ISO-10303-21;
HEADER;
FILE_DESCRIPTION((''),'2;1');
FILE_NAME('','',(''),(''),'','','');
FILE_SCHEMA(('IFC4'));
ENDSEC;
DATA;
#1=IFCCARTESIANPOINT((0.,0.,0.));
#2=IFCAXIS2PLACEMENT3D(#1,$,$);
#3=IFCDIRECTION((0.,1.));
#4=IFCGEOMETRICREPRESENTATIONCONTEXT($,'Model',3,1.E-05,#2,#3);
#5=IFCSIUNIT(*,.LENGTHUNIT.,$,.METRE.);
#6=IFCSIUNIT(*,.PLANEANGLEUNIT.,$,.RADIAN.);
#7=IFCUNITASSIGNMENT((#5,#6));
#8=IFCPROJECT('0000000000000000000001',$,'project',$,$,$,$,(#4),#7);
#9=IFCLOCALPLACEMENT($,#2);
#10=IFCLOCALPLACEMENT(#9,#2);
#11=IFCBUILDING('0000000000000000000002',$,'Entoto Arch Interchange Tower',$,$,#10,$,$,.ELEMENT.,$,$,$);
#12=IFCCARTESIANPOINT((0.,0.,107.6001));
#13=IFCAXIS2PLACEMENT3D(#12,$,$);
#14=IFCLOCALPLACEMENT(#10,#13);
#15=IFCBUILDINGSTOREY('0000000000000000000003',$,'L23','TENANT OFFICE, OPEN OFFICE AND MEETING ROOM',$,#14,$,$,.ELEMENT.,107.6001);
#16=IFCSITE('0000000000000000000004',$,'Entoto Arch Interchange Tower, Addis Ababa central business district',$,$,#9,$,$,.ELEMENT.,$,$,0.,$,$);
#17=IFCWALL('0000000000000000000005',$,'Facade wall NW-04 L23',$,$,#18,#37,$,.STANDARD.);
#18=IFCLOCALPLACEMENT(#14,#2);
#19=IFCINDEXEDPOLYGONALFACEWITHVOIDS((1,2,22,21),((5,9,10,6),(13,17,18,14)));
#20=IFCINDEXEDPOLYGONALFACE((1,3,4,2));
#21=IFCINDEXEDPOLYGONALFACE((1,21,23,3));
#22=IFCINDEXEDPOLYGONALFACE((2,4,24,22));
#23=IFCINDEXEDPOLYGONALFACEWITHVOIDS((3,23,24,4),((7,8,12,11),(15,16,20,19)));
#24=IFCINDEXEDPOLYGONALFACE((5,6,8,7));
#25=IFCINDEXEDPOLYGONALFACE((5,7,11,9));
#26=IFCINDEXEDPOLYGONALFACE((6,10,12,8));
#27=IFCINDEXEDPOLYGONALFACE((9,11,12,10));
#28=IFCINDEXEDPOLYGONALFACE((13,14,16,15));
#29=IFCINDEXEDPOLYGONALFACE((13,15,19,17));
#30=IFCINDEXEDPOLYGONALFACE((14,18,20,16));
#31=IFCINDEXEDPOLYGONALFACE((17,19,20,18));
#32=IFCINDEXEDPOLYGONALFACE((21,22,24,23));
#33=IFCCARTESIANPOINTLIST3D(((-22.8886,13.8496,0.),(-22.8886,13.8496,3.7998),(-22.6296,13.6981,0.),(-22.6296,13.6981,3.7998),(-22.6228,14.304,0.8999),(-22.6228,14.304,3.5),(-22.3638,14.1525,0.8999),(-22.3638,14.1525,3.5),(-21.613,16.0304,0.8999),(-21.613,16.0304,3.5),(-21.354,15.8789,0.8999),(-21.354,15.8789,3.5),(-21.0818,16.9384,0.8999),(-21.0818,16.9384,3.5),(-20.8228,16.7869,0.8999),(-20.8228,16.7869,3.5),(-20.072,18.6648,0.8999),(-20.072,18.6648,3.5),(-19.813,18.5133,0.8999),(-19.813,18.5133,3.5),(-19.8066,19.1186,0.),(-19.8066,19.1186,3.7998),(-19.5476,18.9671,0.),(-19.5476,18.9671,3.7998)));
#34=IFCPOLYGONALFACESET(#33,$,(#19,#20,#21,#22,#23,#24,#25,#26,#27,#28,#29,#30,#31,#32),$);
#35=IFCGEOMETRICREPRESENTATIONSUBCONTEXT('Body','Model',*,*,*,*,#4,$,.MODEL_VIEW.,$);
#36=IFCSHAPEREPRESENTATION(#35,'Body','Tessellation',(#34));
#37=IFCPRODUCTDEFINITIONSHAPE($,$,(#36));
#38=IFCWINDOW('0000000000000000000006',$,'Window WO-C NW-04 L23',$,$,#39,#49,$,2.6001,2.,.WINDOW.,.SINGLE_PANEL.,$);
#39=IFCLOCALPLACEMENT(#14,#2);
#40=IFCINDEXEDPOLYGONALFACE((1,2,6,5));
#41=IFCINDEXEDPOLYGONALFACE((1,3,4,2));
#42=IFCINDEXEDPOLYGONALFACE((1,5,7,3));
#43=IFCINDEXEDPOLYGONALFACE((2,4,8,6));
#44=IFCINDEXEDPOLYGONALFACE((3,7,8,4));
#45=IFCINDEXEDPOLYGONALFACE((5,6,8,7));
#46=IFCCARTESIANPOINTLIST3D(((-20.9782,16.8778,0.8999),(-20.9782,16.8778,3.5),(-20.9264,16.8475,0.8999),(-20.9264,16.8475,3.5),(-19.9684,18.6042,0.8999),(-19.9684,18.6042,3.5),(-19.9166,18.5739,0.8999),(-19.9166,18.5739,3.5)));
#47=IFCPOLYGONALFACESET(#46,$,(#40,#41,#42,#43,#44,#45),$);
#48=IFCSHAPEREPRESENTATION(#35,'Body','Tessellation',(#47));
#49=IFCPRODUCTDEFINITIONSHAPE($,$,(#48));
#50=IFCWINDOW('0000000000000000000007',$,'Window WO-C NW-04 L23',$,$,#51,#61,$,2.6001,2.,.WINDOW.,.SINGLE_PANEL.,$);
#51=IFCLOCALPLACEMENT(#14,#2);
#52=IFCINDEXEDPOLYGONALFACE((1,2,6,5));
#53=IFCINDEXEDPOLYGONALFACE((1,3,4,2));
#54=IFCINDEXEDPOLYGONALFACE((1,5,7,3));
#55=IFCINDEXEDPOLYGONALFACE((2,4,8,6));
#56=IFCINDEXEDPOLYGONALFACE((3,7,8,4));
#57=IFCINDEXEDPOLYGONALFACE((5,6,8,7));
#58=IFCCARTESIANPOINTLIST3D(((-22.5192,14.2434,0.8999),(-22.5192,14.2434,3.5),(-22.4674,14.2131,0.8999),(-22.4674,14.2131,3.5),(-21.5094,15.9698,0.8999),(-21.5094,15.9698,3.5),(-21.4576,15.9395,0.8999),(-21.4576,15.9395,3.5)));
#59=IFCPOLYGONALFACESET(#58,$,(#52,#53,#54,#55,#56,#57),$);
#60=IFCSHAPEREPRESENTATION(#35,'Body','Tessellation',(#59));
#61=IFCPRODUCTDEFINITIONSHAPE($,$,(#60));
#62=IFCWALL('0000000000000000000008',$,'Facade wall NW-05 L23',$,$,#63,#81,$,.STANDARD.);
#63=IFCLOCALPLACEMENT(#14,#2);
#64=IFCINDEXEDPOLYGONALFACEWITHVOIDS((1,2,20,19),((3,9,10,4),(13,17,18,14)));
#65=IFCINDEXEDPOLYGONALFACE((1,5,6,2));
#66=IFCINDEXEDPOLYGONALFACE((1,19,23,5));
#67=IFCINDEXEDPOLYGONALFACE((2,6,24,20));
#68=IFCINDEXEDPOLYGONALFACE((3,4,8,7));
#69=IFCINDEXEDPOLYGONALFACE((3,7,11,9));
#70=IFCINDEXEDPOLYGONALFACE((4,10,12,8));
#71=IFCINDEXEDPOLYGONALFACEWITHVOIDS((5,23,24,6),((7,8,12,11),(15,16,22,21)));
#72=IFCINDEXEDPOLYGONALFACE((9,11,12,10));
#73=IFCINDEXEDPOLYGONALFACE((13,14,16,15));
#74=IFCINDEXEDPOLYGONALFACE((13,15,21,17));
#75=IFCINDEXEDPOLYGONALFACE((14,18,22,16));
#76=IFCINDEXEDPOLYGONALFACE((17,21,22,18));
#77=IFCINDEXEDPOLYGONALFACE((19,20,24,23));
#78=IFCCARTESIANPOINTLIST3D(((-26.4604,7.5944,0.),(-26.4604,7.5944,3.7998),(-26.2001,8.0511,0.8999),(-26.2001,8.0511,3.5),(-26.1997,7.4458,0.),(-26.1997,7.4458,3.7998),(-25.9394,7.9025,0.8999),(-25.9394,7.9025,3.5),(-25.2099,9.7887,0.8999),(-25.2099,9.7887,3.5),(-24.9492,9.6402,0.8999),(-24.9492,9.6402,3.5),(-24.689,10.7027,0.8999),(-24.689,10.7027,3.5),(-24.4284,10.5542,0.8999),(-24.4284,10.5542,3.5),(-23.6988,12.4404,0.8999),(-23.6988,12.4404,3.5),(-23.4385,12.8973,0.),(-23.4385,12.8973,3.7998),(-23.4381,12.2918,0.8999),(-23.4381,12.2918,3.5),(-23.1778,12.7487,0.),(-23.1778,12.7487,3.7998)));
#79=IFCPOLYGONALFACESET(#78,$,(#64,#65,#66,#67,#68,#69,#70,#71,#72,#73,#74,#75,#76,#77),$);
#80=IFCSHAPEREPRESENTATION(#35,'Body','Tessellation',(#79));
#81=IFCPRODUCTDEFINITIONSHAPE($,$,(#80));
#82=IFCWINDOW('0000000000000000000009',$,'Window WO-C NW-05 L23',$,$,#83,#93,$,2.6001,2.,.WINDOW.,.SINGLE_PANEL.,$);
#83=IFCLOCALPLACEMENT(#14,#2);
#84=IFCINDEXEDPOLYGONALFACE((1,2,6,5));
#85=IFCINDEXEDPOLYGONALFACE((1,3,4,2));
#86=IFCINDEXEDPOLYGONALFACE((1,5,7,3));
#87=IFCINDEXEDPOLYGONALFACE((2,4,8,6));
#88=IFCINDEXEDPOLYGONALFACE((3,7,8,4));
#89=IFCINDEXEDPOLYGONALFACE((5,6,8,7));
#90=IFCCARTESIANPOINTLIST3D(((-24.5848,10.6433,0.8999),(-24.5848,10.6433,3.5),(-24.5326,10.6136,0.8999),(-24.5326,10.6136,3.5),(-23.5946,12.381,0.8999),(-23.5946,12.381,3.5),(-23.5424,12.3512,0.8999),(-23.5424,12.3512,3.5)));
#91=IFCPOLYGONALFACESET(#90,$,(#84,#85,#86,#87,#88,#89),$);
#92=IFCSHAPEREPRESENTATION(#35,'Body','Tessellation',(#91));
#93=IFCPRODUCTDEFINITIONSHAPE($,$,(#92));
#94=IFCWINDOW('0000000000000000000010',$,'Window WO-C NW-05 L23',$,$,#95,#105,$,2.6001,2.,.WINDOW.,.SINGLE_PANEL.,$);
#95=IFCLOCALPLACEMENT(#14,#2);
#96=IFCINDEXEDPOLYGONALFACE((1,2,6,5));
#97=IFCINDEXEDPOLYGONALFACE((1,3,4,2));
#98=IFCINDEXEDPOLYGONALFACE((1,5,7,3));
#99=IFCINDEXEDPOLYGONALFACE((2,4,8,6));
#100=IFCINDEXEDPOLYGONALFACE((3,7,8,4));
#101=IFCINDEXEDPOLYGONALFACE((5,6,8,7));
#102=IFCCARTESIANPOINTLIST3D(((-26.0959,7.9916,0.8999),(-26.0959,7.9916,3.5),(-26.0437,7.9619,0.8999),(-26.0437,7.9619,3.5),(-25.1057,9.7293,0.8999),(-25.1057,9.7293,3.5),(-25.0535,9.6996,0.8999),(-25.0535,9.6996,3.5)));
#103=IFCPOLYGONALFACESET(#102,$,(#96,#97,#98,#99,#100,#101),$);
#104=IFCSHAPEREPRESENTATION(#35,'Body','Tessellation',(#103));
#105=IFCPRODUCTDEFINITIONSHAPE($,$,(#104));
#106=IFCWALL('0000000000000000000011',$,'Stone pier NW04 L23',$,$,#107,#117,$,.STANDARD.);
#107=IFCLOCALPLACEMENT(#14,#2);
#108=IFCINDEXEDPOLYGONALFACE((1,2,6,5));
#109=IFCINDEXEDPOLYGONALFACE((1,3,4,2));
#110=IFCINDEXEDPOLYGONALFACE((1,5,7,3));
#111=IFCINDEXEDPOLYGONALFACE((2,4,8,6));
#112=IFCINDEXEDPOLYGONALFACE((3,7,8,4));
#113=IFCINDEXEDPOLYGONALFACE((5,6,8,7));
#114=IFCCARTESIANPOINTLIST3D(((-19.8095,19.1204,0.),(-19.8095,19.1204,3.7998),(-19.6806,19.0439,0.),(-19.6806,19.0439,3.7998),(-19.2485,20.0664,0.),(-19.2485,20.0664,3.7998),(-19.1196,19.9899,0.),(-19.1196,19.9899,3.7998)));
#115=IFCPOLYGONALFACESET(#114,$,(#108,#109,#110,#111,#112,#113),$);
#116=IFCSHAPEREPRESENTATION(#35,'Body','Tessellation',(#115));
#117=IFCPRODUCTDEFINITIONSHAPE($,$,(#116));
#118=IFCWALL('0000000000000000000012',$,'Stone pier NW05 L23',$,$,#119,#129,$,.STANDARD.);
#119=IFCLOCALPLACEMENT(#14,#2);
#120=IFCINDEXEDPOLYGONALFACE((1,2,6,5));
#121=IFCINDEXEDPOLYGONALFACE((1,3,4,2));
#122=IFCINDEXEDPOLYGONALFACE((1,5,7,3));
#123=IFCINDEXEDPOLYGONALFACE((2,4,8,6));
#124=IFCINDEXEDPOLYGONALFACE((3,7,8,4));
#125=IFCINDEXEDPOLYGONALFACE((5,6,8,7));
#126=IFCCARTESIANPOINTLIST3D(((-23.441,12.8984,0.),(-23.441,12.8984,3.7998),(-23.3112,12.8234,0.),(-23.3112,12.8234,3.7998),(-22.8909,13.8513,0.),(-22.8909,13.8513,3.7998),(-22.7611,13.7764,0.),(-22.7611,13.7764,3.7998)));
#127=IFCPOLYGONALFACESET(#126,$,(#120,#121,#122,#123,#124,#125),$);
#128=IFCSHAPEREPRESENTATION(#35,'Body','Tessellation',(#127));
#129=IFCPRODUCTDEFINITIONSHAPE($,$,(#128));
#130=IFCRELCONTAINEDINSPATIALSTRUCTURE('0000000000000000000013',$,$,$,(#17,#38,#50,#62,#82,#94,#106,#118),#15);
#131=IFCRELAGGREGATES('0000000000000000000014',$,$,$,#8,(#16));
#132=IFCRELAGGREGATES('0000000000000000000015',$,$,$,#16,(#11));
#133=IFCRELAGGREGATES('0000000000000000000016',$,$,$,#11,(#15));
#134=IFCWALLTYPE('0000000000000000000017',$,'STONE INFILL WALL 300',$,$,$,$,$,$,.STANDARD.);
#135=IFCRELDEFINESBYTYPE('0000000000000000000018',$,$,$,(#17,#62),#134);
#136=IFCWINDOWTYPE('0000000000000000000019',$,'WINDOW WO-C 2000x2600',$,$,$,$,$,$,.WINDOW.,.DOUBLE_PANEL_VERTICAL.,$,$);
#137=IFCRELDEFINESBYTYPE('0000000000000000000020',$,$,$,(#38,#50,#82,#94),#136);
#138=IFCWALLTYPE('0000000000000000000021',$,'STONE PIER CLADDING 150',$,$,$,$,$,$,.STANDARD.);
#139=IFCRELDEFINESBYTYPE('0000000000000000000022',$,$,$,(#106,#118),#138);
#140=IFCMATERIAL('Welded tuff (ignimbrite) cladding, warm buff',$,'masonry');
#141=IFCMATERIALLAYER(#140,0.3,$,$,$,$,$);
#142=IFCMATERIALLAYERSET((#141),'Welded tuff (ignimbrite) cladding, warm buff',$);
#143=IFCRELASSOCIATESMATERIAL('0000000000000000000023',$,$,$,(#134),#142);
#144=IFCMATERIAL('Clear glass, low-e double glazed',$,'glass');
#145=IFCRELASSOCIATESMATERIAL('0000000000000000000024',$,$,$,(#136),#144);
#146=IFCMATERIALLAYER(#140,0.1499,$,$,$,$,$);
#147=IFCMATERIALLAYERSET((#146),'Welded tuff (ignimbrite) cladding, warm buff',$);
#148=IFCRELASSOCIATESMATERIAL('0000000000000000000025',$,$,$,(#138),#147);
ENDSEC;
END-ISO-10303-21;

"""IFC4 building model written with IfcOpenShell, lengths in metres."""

from ifc_helpers import new_model, si_unit, direction, frame, frame_2d, origin, place, context, subcontext, project, spatial, rectangle, extrude, material, layer, layer_set, type_object, element, fill, save


model = new_model("IFC4")

# Units and contexts
model_context = context("Model", 3, precision=1e-05, world=origin(), true_north=direction((0.0, 1.0)))
body_context = subcontext(model_context, "Body", "Model", "MODEL_VIEW")
ifc_project = project(units=[si_unit("LENGTHUNIT", "METRE"), si_unit("PLANEANGLEUNIT", "RADIAN")], contexts=[model_context])

# Site, building, storey
site_placement = place(None, origin())
site = spatial("IfcSite", under=ifc_project, at=site_placement, Name="Entoto Arch Interchange Tower, Addis Ababa central business district", CompositionType="ELEMENT", RefElevation=0.0)
building_placement = place(site_placement, origin())
building = spatial("IfcBuilding", under=site, at=building_placement, Name="Entoto Arch Interchange Tower", CompositionType="ELEMENT")
storey_placement = place(building_placement, frame((0.0, 0.0, 107.6001)))
storey = spatial("IfcBuildingStorey", under=building, at=storey_placement, Name="L23", Description="TENANT OFFICE, OPEN OFFICE AND MEETING ROOM", CompositionType="ELEMENT", Elevation=107.6001)

# Walls, openings, windows
ifc_material_1 = material(Name="Welded tuff (ignimbrite) cladding, warm buff", Category="masonry")
ifc_layer_1 = layer(ifc_material_1, 0.3)
ifc_layer_set_1 = layer_set([ifc_layer_1], Name="Welded tuff (ignimbrite) cladding, warm buff")
wall_type_1 = type_object("IfcWallType", Name="STONE INFILL WALL 300", PredefinedType="STANDARD", material=ifc_layer_set_1)
wall_1_placement = place(storey_placement, frame((-19.677, 19.043, 0.0), z_axis=(0.0, 0.0, 1.0), x_axis=(-0.5049, -0.863178, 0.0)))
wall_1 = element("IfcWall", 1, at=wall_1_placement, inside=storey, type_object=wall_type_1, Name="Facade wall NW-04 L23", PredefinedType="STANDARD", context=body_context, shape_type="SweptSolid", body=[
    extrude(rectangle(XDim=6.1042, YDim=0.3, at=frame_2d((3.0522, 0.0))), origin(), (0.0, 0.0, 1.0), 3.7998),
])
opening_1_placement = place(wall_1_placement, frame((0.5259, 0.0, 0.8999)))
opening_1 = element("IfcOpeningElement", 2, at=opening_1_placement, cuts=wall_1, PredefinedType="OPENING", context=body_context, shape_type="SweptSolid", body=[
    extrude(rectangle(XDim=2.0, YDim=2.6001, at=frame_2d((1.0, 1.3))), frame((0.0, 0.1602, 0.0), z_axis=(0.0, -1.0, 0.0), x_axis=(1.0, 0.0, 0.0)), (0.0, 0.0, 1.0), 0.3201),
])
opening_2_placement = place(wall_1_placement, frame((3.5779, 0.0, 0.8999)))
opening_2 = element("IfcOpeningElement", 3, at=opening_2_placement, cuts=wall_1, PredefinedType="OPENING", context=body_context, shape_type="SweptSolid", body=[
    extrude(rectangle(XDim=2.0, YDim=2.6001, at=frame_2d((1.0, 1.3))), frame((0.0, 0.1602, 0.0), z_axis=(0.0, -1.0, 0.0), x_axis=(1.0, 0.0, 0.0)), (0.0, 0.0, 1.0), 0.3201),
])
ifc_material_2 = material(Name="Clear glass, low-e double glazed", Category="glass")
window_type = type_object("IfcWindowType", Name="WINDOW WO-C 2000x2600", PartitioningType="DOUBLE_PANEL_VERTICAL", PredefinedType="WINDOW", material=ifc_material_2)
window_1_placement = place(opening_1_placement, origin())
window_1 = element("IfcWindow", 4, at=window_1_placement, inside=storey, type_object=window_type, Name="Window WO-C NW-04 L23", OverallHeight=2.6001, OverallWidth=2.0, PartitioningType="SINGLE_PANEL", PredefinedType="WINDOW", context=body_context, shape_type="SweptSolid", body=[
    extrude(rectangle(XDim=2.0, YDim=2.6001, at=frame_2d((1.0, 1.3))), frame((0.0, 0.03, 0.0), z_axis=(0.0, -1.0, 0.0), x_axis=(1.0, 0.0, 0.0)), (0.0, 0.0, 1.0), 0.0601),
])
fill(opening_1, window_1)
window_2_placement = place(opening_2_placement, origin())
window_2 = element("IfcWindow", 5, at=window_2_placement, inside=storey, type_object=window_type, Name="Window WO-C NW-04 L23", OverallHeight=2.6001, OverallWidth=2.0, PartitioningType="SINGLE_PANEL", PredefinedType="WINDOW", context=body_context, shape_type="SweptSolid", body=[
    extrude(rectangle(XDim=2.0, YDim=2.6001, at=frame_2d((1.0, 1.3))), frame((0.0, 0.03, 0.0), z_axis=(0.0, -1.0, 0.0), x_axis=(1.0, 0.0, 0.0)), (0.0, 0.0, 1.0), 0.0601),
])
fill(opening_2, window_2)
wall_2_placement = place(storey_placement, frame((-23.3081, 12.823, 0.0), z_axis=(0.0, 0.0, 1.0), x_axis=(-0.495113, -0.868828, 0.0)))
wall_2 = element("IfcWall", 6, at=wall_2_placement, inside=storey, type_object=wall_type_1, Name="Facade wall NW-05 L23", PredefinedType="STANDARD", context=body_context, shape_type="SweptSolid", body=[
    extrude(rectangle(XDim=6.1035, YDim=0.3, at=frame_2d((3.0518, 0.0))), origin(), (0.0, 0.0, 1.0), 3.7998),
])
opening_3_placement = place(wall_2_placement, frame((0.5259, 0.0, 0.8999)))
opening_3 = element("IfcOpeningElement", 7, at=opening_3_placement, cuts=wall_2, PredefinedType="OPENING", context=body_context, shape_type="SweptSolid", body=[
    extrude(rectangle(XDim=2.0, YDim=2.6001, at=frame_2d((1.0, 1.3))), frame((0.0, 0.1602, 0.0), z_axis=(0.0, -1.0, 0.0), x_axis=(1.0, 0.0, 0.0)), (0.0, 0.0, 1.0), 0.3201),
])
opening_4_placement = place(wall_2_placement, frame((3.5779, 0.0, 0.8999)))
opening_4 = element("IfcOpeningElement", 8, at=opening_4_placement, cuts=wall_2, PredefinedType="OPENING", context=body_context, shape_type="SweptSolid", body=[
    extrude(rectangle(XDim=2.0, YDim=2.6001, at=frame_2d((1.0, 1.3))), frame((0.0, 0.1602, 0.0), z_axis=(0.0, -1.0, 0.0), x_axis=(1.0, 0.0, 0.0)), (0.0, 0.0, 1.0), 0.3201),
])
window_3_placement = place(opening_3_placement, origin())
window_3 = element("IfcWindow", 9, at=window_3_placement, inside=storey, type_object=window_type, Name="Window WO-C NW-05 L23", OverallHeight=2.6001, OverallWidth=2.0, PartitioningType="SINGLE_PANEL", PredefinedType="WINDOW", context=body_context, shape_type="SweptSolid", body=[
    extrude(rectangle(XDim=2.0, YDim=2.6001, at=frame_2d((1.0, 1.3))), frame((0.0, 0.03, 0.0), z_axis=(0.0, -1.0, 0.0), x_axis=(1.0, 0.0, 0.0)), (0.0, 0.0, 1.0), 0.0601),
])
fill(opening_3, window_3)
window_4_placement = place(opening_4_placement, origin())
window_4 = element("IfcWindow", 10, at=window_4_placement, inside=storey, type_object=window_type, Name="Window WO-C NW-05 L23", OverallHeight=2.6001, OverallWidth=2.0, PartitioningType="SINGLE_PANEL", PredefinedType="WINDOW", context=body_context, shape_type="SweptSolid", body=[
    extrude(rectangle(XDim=2.0, YDim=2.6001, at=frame_2d((1.0, 1.3))), frame((0.0, 0.03, 0.0), z_axis=(0.0, -1.0, 0.0), x_axis=(1.0, 0.0, 0.0)), (0.0, 0.0, 1.0), 0.0601),
])
fill(opening_4, window_4)

# Walls
ifc_layer_2 = layer(ifc_material_1, 0.1499)
ifc_layer_set_2 = layer_set([ifc_layer_2], Name="Welded tuff (ignimbrite) cladding, warm buff")
wall_type_2 = type_object("IfcWallType", Name="STONE PIER CLADDING 150", PredefinedType="STANDARD", material=ifc_layer_set_2)
wall_3_placement = place(storey_placement, frame((-19.1841, 20.0281, 0.0), z_axis=(0.0, 0.0, 1.0), x_axis=(-0.510082, -0.860126, 0.0)))
element("IfcWall", 11, at=wall_3_placement, inside=storey, type_object=wall_type_2, Name="Stone pier NW04 L23", PredefinedType="STANDARD", context=body_context, shape_type="SweptSolid", body=[
    extrude(rectangle(XDim=1.0999, YDim=0.1499, at=frame_2d((0.5498, 0.0))), origin(), (0.0, 0.0, 1.0), 3.7998),
])
wall_4_placement = place(storey_placement, frame((-22.8259, 13.814, 0.0), z_axis=(0.0, 0.0, 1.0), x_axis=(-0.499934, -0.866064, 0.0)))
element("IfcWall", 12, at=wall_4_placement, inside=storey, type_object=wall_type_2, Name="Stone pier NW05 L23", PredefinedType="STANDARD", context=body_context, shape_type="SweptSolid", body=[
    extrude(rectangle(XDim=1.1003, YDim=0.1499, at=frame_2d((0.5503, 0.0))), origin(), (0.0, 0.0, 1.0), 3.7998),
])

save(model, "model.ifc")
